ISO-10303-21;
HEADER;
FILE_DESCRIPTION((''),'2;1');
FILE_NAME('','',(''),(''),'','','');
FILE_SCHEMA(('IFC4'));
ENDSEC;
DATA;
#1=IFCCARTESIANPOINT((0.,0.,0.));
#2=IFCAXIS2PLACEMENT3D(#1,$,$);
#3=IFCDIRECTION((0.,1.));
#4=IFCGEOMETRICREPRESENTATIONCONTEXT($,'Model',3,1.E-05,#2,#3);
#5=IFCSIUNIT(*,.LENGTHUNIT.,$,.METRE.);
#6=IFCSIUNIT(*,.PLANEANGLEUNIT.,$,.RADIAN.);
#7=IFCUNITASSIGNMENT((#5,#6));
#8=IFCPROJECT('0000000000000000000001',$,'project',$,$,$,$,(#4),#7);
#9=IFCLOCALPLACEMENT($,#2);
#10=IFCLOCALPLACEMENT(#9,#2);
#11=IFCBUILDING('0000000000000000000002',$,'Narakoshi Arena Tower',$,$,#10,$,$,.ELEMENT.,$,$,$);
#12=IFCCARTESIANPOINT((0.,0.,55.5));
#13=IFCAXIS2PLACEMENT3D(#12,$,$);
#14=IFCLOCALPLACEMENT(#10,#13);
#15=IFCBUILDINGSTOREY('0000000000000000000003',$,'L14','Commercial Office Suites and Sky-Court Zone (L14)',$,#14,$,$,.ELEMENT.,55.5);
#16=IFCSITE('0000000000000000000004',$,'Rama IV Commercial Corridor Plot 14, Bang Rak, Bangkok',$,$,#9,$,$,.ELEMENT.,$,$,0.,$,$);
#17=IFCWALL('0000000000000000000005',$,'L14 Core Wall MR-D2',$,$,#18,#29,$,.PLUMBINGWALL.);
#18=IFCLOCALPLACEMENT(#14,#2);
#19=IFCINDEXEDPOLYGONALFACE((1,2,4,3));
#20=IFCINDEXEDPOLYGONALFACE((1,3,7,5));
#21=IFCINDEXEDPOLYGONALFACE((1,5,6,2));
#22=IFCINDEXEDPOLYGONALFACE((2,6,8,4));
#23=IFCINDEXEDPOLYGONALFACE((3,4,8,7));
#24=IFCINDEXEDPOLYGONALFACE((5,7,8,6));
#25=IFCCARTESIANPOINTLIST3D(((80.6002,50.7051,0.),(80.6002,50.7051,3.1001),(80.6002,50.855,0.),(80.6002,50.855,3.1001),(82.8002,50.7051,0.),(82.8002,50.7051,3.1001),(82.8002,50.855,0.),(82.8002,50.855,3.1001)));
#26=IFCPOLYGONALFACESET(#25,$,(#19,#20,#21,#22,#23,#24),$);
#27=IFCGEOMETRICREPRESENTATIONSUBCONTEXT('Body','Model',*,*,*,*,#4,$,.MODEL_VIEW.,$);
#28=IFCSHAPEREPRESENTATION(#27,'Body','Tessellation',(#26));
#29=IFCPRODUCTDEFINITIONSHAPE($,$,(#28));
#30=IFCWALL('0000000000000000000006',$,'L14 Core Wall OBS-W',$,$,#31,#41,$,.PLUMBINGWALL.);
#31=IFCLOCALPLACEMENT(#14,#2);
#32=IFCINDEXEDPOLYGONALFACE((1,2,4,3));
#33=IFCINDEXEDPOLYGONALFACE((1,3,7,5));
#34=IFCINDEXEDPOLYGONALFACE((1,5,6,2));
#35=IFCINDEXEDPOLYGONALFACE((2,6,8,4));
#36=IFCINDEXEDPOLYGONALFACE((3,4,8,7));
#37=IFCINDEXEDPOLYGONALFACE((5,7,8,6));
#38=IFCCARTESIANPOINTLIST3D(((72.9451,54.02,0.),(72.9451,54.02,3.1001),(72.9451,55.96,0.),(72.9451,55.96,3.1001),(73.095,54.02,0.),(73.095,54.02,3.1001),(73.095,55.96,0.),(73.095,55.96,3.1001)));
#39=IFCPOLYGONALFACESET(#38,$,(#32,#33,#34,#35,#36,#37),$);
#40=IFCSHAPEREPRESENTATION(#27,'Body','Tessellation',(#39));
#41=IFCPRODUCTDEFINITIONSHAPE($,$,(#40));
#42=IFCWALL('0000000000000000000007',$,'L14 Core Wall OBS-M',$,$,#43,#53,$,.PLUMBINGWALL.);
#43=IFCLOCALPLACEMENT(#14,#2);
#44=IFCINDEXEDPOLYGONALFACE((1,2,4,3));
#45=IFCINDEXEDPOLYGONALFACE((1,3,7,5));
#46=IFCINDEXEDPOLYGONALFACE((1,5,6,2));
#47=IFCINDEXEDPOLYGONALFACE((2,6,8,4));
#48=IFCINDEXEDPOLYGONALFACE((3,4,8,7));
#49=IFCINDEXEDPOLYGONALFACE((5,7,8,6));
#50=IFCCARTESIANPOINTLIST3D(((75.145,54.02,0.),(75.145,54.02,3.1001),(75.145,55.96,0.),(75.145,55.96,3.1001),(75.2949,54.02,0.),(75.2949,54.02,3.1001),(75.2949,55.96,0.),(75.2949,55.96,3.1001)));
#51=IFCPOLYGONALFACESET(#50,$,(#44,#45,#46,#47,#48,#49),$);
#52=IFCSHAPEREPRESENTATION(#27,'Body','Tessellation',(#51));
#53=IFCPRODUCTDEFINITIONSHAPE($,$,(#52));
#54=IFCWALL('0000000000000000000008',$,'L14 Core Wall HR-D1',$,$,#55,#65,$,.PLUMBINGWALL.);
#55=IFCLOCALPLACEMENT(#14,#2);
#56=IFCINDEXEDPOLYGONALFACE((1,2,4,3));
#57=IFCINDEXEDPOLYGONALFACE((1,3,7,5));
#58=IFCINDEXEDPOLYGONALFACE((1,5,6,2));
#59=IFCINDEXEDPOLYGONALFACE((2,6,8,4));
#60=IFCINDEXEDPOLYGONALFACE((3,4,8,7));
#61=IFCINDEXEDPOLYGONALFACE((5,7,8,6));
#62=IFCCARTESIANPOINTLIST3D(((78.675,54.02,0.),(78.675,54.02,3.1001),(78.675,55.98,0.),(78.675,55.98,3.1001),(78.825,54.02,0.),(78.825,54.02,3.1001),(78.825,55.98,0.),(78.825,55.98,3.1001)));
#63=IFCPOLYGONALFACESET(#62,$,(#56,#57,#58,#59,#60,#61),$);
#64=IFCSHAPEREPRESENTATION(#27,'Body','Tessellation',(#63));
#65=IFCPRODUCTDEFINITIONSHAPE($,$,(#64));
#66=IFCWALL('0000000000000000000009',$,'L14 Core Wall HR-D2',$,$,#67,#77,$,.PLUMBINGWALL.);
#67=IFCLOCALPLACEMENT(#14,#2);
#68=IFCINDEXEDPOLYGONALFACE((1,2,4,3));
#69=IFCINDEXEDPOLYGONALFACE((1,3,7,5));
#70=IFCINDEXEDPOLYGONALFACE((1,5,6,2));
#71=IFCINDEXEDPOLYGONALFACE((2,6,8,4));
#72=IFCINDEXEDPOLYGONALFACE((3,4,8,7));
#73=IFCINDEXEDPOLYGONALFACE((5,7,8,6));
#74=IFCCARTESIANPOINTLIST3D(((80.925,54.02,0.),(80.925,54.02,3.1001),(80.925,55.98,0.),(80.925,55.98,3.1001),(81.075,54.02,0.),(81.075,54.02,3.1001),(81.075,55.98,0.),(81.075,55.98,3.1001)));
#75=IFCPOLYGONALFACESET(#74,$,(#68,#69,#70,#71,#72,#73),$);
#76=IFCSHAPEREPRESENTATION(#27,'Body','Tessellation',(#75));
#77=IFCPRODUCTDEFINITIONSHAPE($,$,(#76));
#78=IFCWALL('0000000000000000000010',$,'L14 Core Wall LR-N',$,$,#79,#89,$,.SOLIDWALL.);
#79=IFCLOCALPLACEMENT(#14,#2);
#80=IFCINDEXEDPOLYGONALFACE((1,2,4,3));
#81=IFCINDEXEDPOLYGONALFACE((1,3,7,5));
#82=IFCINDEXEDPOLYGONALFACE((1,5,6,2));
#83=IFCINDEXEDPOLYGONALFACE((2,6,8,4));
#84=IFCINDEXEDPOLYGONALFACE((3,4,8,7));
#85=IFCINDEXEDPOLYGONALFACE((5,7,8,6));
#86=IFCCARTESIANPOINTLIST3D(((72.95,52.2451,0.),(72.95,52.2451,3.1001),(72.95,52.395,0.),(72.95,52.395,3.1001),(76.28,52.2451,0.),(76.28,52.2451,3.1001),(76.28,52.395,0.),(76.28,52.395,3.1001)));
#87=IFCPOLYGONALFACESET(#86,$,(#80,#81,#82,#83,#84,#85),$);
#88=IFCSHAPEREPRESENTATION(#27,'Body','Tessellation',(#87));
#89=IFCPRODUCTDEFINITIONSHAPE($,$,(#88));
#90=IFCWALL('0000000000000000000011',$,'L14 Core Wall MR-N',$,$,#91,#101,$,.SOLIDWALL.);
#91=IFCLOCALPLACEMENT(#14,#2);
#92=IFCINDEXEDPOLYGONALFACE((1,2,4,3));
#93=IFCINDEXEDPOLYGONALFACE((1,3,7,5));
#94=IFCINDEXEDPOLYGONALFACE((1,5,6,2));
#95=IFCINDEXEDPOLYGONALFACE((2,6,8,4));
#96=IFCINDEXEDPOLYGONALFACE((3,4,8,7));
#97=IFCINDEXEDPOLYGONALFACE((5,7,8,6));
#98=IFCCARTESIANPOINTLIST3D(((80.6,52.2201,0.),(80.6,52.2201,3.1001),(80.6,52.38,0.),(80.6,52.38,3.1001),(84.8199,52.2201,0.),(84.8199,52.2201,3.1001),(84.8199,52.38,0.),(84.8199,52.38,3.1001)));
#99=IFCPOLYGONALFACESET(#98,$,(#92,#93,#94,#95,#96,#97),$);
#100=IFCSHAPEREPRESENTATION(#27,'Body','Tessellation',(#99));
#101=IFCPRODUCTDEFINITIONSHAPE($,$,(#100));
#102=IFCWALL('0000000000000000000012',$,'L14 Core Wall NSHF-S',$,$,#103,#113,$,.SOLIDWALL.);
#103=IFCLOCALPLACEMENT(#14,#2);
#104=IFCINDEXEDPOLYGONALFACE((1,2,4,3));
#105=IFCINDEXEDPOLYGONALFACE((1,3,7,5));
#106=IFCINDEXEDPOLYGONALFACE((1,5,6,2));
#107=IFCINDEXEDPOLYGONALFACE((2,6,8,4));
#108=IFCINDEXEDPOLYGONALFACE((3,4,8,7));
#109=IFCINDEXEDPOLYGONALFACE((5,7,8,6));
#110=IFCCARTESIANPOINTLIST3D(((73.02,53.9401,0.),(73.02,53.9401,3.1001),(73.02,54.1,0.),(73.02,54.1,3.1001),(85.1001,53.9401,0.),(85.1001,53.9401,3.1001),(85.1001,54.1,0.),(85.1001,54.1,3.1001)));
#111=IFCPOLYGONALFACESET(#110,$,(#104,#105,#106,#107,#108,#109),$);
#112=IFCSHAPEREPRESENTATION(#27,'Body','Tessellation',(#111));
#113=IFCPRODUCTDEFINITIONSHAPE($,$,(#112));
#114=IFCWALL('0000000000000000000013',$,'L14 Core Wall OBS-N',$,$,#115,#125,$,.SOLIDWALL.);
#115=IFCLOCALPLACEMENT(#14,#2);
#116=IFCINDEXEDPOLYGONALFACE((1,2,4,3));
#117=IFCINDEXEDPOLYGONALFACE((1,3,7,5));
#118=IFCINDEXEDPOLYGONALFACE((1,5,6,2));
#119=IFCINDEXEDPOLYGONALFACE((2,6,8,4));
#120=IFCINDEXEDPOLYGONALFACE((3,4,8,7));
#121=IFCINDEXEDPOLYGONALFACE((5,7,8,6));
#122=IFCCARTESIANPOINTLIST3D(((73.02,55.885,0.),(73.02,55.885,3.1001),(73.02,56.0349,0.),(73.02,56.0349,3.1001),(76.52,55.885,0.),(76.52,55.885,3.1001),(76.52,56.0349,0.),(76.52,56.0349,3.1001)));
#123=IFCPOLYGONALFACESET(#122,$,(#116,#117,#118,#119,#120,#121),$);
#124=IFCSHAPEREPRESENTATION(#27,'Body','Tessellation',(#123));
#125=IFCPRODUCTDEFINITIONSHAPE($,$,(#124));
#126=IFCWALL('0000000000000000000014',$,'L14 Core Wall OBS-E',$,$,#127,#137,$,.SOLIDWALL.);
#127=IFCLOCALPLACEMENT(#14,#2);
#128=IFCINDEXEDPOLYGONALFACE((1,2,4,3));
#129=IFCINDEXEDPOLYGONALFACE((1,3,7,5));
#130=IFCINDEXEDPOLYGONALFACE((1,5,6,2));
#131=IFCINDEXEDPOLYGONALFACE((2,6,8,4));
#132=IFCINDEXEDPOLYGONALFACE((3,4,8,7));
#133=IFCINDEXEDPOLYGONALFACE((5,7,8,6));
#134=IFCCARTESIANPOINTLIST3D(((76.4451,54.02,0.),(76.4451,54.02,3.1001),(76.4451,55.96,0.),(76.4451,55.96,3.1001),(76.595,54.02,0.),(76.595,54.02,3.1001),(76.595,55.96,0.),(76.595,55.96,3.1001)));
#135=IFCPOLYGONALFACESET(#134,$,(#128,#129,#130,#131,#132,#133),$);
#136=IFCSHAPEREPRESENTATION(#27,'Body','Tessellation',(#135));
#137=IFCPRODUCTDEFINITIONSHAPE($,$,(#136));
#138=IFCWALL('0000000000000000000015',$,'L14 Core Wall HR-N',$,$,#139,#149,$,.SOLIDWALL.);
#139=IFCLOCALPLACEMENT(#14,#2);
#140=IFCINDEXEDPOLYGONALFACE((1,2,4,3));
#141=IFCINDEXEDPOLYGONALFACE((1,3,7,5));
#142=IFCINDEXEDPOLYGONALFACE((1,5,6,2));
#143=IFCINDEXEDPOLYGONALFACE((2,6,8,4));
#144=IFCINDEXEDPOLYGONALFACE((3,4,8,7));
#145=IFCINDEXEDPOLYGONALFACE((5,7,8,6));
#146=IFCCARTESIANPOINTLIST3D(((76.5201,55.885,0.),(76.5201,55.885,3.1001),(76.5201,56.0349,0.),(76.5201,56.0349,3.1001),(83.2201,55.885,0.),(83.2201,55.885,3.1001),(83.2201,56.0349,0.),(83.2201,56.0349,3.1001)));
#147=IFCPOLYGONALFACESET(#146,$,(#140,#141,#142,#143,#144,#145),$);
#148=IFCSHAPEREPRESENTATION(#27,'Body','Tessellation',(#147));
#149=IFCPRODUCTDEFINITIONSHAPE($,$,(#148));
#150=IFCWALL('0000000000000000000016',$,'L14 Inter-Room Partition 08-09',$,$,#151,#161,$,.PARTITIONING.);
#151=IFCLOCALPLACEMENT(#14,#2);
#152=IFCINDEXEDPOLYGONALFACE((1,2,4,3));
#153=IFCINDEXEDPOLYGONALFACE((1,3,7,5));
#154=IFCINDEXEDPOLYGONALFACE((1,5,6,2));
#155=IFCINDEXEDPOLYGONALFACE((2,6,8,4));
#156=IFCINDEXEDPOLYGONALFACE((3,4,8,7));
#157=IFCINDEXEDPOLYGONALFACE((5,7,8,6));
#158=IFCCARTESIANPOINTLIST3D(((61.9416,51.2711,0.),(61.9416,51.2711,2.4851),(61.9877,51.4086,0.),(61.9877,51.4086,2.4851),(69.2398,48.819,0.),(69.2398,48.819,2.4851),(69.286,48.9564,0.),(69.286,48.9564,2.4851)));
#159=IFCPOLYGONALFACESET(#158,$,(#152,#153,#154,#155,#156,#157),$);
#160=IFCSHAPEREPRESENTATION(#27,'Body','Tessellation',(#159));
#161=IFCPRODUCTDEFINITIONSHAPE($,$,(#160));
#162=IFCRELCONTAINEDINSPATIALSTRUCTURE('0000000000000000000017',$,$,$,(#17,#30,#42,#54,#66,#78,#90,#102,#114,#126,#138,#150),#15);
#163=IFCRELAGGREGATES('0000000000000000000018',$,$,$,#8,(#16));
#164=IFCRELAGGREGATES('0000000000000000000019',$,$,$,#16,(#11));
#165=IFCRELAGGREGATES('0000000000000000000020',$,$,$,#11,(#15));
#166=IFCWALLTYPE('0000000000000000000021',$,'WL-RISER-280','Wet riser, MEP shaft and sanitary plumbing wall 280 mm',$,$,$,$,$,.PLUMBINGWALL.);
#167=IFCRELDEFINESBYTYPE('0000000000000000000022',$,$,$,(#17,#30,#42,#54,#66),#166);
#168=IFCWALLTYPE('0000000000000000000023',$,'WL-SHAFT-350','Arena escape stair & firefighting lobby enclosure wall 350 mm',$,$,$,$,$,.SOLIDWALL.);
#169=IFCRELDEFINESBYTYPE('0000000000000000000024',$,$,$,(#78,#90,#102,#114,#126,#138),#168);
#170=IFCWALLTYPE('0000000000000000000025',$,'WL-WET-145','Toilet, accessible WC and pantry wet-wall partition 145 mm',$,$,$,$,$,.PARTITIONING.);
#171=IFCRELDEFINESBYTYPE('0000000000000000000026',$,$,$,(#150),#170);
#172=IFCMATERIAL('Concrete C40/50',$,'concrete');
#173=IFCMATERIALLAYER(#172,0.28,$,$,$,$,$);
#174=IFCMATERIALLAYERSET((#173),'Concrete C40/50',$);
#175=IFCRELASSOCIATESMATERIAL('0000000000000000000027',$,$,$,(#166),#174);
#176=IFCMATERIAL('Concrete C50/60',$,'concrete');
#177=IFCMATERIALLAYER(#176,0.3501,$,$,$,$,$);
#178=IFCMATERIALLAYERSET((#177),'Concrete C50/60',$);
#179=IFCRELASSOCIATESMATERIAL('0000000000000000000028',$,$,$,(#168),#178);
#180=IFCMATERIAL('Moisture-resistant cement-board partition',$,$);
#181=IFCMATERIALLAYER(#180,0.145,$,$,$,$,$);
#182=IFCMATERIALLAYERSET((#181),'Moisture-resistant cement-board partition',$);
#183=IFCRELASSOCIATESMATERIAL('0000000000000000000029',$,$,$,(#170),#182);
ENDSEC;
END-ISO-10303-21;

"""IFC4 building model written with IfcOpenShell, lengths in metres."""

from ifc_helpers import new_model, si_unit, direction, frame, frame_2d, origin, place, context, subcontext, project, spatial, rectangle, extrude, material, layer, layer_set, type_object, element, save


model = new_model("IFC4")

# Units and contexts
model_context = context("Model", 3, precision=1e-05, world=origin(), true_north=direction((0.0, 1.0)))
body_context = subcontext(model_context, "Body", "Model", "MODEL_VIEW")
ifc_project = project(units=[si_unit("LENGTHUNIT", "METRE"), si_unit("PLANEANGLEUNIT", "RADIAN")], contexts=[model_context])

# Site, building, storey
site_placement = place(None, origin())
site = spatial("IfcSite", under=ifc_project, at=site_placement, Name="Rama IV Commercial Corridor Plot 14, Bang Rak, Bangkok", CompositionType="ELEMENT", RefElevation=0.0)
building_placement = place(site_placement, origin())
building = spatial("IfcBuilding", under=site, at=building_placement, Name="Narakoshi Arena Tower", CompositionType="ELEMENT")
storey_placement = place(building_placement, frame((0.0, 0.0, 55.5)))
storey = spatial("IfcBuildingStorey", under=building, at=storey_placement, Name="L14", Description="Commercial Office Suites and Sky-Court Zone (L14)", CompositionType="ELEMENT", Elevation=55.5)

# Walls
ifc_material_1 = material(Name="Concrete C40/50", Category="concrete")
ifc_layer_1 = layer(ifc_material_1, 0.28)
ifc_layer_set_1 = layer_set([ifc_layer_1], Name="Concrete C40/50")
wall_type_1 = type_object("IfcWallType", Name="WL-RISER-280", Description="Wet riser, MEP shaft and sanitary plumbing wall 280 mm", PredefinedType="PLUMBINGWALL", material=ifc_layer_set_1)
for number, where, z_axis, x_axis, name in (
    (1, (80.6001, 50.78, 0.0), (0.0, 0.0, 1.0), (1.0, 0.0, 0.0), "L14 Core Wall MR-D2"),
):
    element("IfcWall", number, at=place(storey_placement, frame(where, z_axis=z_axis, x_axis=x_axis)), inside=storey, type_object=wall_type_1, Name=name, PredefinedType="PLUMBINGWALL", context=body_context, shape_type="SweptSolid", body=[
        extrude(rectangle(XDim=2.2, YDim=0.1499, at=frame_2d((1.1001, 0.0))), origin(), (0.0, 0.0, 1.0), 3.1001),
    ])
for number, where, z_axis, x_axis, name in (
    (2, (73.02, 54.02, 0.0), (0.0, 0.0, 1.0), (0.0, 1.0, 0.0), "L14 Core Wall OBS-W"),
    (3, (75.22, 54.02, 0.0), (0.0, 0.0, 1.0), (0.0, 1.0, 0.0), "L14 Core Wall OBS-M"),
):
    element("IfcWall", number, at=place(storey_placement, frame(where, z_axis=z_axis, x_axis=x_axis)), inside=storey, type_object=wall_type_1, Name=name, PredefinedType="PLUMBINGWALL", context=body_context, shape_type="SweptSolid", body=[
        extrude(rectangle(XDim=1.9399, YDim=0.1499, at=frame_2d((0.97, 0.0))), origin(), (0.0, 0.0, 1.0), 3.1001),
    ])
for number, where, z_axis, x_axis, name in (
    (4, (78.75, 54.02, 0.0), (0.0, 0.0, 1.0), (0.0, 1.0, 0.0), "L14 Core Wall HR-D1"),
    (5, (81.0, 54.02, 0.0), (0.0, 0.0, 1.0), (0.0, 1.0, 0.0), "L14 Core Wall HR-D2"),
):
    element("IfcWall", number, at=place(storey_placement, frame(where, z_axis=z_axis, x_axis=x_axis)), inside=storey, type_object=wall_type_1, Name=name, PredefinedType="PLUMBINGWALL", context=body_context, shape_type="SweptSolid", body=[
        extrude(rectangle(XDim=1.96, YDim=0.1499, at=frame_2d((0.98, 0.0))), origin(), (0.0, 0.0, 1.0), 3.1001),
    ])
ifc_material_2 = material(Name="Concrete C50/60", Category="concrete")
ifc_layer_2 = layer(ifc_material_2, 0.3501)
ifc_layer_set_2 = layer_set([ifc_layer_2], Name="Concrete C50/60")
wall_type_2 = type_object("IfcWallType", Name="WL-SHAFT-350", Description="Arena escape stair & firefighting lobby enclosure wall 350 mm", PredefinedType="SOLIDWALL", material=ifc_layer_set_2)
wall_1_placement = place(storey_placement, frame((72.95, 52.3201, 0.0), z_axis=(0.0, 0.0, 1.0), x_axis=(1.0, 0.0, 0.0)))
element("IfcWall", 6, at=wall_1_placement, inside=storey, type_object=wall_type_2, Name="L14 Core Wall LR-N", PredefinedType="SOLIDWALL", context=body_context, shape_type="SweptSolid", body=[
    extrude(rectangle(XDim=3.3301, YDim=0.1499, at=frame_2d((1.665, 0.0))), origin(), (0.0, 0.0, 1.0), 3.1001),
])
wall_2_placement = place(storey_placement, frame((80.6001, 52.3, 0.0), z_axis=(0.0, 0.0, 1.0), x_axis=(1.0, 0.0, 0.0)))
element("IfcWall", 7, at=wall_2_placement, inside=storey, type_object=wall_type_2, Name="L14 Core Wall MR-N", PredefinedType="SOLIDWALL", context=body_context, shape_type="SweptSolid", body=[
    extrude(rectangle(XDim=4.22, YDim=0.1599, at=frame_2d((2.1099, 0.0))), origin(), (0.0, 0.0, 1.0), 3.1001),
])
wall_3_placement = place(storey_placement, frame((73.02, 54.02, 0.0), z_axis=(0.0, 0.0, 1.0), x_axis=(1.0, 0.0, 0.0)))
element("IfcWall", 8, at=wall_3_placement, inside=storey, type_object=wall_type_2, Name="L14 Core Wall NSHF-S", PredefinedType="SOLIDWALL", context=body_context, shape_type="SweptSolid", body=[
    extrude(rectangle(XDim=12.0801, YDim=0.1599, at=frame_2d((6.04, 0.0))), origin(), (0.0, 0.0, 1.0), 3.1001),
])
wall_4_placement = place(storey_placement, frame((73.02, 55.96, 0.0), z_axis=(0.0, 0.0, 1.0), x_axis=(1.0, 0.0, 0.0)))
element("IfcWall", 9, at=wall_4_placement, inside=storey, type_object=wall_type_2, Name="L14 Core Wall OBS-N", PredefinedType="SOLIDWALL", context=body_context, shape_type="SweptSolid", body=[
    extrude(rectangle(XDim=3.5, YDim=0.1499, at=frame_2d((1.75, 0.0))), origin(), (0.0, 0.0, 1.0), 3.1001),
])
wall_5_placement = place(storey_placement, frame((76.52, 54.02, 0.0), z_axis=(0.0, 0.0, 1.0), x_axis=(0.0, 1.0, 0.0)))
element("IfcWall", 10, at=wall_5_placement, inside=storey, type_object=wall_type_2, Name="L14 Core Wall OBS-E", PredefinedType="SOLIDWALL", context=body_context, shape_type="SweptSolid", body=[
    extrude(rectangle(XDim=1.9399, YDim=0.1499, at=frame_2d((0.97, 0.0))), origin(), (0.0, 0.0, 1.0), 3.1001),
])
wall_6_placement = place(storey_placement, frame((76.52, 55.96, 0.0), z_axis=(0.0, 0.0, 1.0), x_axis=(1.0, 0.0, 0.0)))
element("IfcWall", 11, at=wall_6_placement, inside=storey, type_object=wall_type_2, Name="L14 Core Wall HR-N", PredefinedType="SOLIDWALL", context=body_context, shape_type="SweptSolid", body=[
    extrude(rectangle(XDim=6.7, YDim=0.1499, at=frame_2d((3.3501, 0.0))), origin(), (0.0, 0.0, 1.0), 3.1001),
])
ifc_material_3 = material(Name="Moisture-resistant cement-board partition")
ifc_layer_3 = layer(ifc_material_3, 0.145)
ifc_layer_set_3 = layer_set([ifc_layer_3], Name="Moisture-resistant cement-board partition")
wall_type_3 = type_object("IfcWallType", Name="WL-WET-145", Description="Toilet, accessible WC and pantry wet-wall partition 145 mm", PredefinedType="PARTITIONING", material=ifc_layer_set_3)
wall_7_placement = place(storey_placement, frame((69.2629, 48.8877, 0.0), z_axis=(0.0, 0.0, 1.0), x_axis=(-0.947926, 0.318491, 0.0)))
element("IfcWall", 12, at=wall_7_placement, inside=storey, type_object=wall_type_3, Name="L14 Inter-Room Partition 08-09", PredefinedType="PARTITIONING", context=body_context, shape_type="SweptSolid", body=[
    extrude(rectangle(XDim=7.6992, YDim=0.145, at=frame_2d((3.8496, 0.0))), origin(), (0.0, 0.0, 1.0), 2.4851),
])

save(model, "model.ifc")
